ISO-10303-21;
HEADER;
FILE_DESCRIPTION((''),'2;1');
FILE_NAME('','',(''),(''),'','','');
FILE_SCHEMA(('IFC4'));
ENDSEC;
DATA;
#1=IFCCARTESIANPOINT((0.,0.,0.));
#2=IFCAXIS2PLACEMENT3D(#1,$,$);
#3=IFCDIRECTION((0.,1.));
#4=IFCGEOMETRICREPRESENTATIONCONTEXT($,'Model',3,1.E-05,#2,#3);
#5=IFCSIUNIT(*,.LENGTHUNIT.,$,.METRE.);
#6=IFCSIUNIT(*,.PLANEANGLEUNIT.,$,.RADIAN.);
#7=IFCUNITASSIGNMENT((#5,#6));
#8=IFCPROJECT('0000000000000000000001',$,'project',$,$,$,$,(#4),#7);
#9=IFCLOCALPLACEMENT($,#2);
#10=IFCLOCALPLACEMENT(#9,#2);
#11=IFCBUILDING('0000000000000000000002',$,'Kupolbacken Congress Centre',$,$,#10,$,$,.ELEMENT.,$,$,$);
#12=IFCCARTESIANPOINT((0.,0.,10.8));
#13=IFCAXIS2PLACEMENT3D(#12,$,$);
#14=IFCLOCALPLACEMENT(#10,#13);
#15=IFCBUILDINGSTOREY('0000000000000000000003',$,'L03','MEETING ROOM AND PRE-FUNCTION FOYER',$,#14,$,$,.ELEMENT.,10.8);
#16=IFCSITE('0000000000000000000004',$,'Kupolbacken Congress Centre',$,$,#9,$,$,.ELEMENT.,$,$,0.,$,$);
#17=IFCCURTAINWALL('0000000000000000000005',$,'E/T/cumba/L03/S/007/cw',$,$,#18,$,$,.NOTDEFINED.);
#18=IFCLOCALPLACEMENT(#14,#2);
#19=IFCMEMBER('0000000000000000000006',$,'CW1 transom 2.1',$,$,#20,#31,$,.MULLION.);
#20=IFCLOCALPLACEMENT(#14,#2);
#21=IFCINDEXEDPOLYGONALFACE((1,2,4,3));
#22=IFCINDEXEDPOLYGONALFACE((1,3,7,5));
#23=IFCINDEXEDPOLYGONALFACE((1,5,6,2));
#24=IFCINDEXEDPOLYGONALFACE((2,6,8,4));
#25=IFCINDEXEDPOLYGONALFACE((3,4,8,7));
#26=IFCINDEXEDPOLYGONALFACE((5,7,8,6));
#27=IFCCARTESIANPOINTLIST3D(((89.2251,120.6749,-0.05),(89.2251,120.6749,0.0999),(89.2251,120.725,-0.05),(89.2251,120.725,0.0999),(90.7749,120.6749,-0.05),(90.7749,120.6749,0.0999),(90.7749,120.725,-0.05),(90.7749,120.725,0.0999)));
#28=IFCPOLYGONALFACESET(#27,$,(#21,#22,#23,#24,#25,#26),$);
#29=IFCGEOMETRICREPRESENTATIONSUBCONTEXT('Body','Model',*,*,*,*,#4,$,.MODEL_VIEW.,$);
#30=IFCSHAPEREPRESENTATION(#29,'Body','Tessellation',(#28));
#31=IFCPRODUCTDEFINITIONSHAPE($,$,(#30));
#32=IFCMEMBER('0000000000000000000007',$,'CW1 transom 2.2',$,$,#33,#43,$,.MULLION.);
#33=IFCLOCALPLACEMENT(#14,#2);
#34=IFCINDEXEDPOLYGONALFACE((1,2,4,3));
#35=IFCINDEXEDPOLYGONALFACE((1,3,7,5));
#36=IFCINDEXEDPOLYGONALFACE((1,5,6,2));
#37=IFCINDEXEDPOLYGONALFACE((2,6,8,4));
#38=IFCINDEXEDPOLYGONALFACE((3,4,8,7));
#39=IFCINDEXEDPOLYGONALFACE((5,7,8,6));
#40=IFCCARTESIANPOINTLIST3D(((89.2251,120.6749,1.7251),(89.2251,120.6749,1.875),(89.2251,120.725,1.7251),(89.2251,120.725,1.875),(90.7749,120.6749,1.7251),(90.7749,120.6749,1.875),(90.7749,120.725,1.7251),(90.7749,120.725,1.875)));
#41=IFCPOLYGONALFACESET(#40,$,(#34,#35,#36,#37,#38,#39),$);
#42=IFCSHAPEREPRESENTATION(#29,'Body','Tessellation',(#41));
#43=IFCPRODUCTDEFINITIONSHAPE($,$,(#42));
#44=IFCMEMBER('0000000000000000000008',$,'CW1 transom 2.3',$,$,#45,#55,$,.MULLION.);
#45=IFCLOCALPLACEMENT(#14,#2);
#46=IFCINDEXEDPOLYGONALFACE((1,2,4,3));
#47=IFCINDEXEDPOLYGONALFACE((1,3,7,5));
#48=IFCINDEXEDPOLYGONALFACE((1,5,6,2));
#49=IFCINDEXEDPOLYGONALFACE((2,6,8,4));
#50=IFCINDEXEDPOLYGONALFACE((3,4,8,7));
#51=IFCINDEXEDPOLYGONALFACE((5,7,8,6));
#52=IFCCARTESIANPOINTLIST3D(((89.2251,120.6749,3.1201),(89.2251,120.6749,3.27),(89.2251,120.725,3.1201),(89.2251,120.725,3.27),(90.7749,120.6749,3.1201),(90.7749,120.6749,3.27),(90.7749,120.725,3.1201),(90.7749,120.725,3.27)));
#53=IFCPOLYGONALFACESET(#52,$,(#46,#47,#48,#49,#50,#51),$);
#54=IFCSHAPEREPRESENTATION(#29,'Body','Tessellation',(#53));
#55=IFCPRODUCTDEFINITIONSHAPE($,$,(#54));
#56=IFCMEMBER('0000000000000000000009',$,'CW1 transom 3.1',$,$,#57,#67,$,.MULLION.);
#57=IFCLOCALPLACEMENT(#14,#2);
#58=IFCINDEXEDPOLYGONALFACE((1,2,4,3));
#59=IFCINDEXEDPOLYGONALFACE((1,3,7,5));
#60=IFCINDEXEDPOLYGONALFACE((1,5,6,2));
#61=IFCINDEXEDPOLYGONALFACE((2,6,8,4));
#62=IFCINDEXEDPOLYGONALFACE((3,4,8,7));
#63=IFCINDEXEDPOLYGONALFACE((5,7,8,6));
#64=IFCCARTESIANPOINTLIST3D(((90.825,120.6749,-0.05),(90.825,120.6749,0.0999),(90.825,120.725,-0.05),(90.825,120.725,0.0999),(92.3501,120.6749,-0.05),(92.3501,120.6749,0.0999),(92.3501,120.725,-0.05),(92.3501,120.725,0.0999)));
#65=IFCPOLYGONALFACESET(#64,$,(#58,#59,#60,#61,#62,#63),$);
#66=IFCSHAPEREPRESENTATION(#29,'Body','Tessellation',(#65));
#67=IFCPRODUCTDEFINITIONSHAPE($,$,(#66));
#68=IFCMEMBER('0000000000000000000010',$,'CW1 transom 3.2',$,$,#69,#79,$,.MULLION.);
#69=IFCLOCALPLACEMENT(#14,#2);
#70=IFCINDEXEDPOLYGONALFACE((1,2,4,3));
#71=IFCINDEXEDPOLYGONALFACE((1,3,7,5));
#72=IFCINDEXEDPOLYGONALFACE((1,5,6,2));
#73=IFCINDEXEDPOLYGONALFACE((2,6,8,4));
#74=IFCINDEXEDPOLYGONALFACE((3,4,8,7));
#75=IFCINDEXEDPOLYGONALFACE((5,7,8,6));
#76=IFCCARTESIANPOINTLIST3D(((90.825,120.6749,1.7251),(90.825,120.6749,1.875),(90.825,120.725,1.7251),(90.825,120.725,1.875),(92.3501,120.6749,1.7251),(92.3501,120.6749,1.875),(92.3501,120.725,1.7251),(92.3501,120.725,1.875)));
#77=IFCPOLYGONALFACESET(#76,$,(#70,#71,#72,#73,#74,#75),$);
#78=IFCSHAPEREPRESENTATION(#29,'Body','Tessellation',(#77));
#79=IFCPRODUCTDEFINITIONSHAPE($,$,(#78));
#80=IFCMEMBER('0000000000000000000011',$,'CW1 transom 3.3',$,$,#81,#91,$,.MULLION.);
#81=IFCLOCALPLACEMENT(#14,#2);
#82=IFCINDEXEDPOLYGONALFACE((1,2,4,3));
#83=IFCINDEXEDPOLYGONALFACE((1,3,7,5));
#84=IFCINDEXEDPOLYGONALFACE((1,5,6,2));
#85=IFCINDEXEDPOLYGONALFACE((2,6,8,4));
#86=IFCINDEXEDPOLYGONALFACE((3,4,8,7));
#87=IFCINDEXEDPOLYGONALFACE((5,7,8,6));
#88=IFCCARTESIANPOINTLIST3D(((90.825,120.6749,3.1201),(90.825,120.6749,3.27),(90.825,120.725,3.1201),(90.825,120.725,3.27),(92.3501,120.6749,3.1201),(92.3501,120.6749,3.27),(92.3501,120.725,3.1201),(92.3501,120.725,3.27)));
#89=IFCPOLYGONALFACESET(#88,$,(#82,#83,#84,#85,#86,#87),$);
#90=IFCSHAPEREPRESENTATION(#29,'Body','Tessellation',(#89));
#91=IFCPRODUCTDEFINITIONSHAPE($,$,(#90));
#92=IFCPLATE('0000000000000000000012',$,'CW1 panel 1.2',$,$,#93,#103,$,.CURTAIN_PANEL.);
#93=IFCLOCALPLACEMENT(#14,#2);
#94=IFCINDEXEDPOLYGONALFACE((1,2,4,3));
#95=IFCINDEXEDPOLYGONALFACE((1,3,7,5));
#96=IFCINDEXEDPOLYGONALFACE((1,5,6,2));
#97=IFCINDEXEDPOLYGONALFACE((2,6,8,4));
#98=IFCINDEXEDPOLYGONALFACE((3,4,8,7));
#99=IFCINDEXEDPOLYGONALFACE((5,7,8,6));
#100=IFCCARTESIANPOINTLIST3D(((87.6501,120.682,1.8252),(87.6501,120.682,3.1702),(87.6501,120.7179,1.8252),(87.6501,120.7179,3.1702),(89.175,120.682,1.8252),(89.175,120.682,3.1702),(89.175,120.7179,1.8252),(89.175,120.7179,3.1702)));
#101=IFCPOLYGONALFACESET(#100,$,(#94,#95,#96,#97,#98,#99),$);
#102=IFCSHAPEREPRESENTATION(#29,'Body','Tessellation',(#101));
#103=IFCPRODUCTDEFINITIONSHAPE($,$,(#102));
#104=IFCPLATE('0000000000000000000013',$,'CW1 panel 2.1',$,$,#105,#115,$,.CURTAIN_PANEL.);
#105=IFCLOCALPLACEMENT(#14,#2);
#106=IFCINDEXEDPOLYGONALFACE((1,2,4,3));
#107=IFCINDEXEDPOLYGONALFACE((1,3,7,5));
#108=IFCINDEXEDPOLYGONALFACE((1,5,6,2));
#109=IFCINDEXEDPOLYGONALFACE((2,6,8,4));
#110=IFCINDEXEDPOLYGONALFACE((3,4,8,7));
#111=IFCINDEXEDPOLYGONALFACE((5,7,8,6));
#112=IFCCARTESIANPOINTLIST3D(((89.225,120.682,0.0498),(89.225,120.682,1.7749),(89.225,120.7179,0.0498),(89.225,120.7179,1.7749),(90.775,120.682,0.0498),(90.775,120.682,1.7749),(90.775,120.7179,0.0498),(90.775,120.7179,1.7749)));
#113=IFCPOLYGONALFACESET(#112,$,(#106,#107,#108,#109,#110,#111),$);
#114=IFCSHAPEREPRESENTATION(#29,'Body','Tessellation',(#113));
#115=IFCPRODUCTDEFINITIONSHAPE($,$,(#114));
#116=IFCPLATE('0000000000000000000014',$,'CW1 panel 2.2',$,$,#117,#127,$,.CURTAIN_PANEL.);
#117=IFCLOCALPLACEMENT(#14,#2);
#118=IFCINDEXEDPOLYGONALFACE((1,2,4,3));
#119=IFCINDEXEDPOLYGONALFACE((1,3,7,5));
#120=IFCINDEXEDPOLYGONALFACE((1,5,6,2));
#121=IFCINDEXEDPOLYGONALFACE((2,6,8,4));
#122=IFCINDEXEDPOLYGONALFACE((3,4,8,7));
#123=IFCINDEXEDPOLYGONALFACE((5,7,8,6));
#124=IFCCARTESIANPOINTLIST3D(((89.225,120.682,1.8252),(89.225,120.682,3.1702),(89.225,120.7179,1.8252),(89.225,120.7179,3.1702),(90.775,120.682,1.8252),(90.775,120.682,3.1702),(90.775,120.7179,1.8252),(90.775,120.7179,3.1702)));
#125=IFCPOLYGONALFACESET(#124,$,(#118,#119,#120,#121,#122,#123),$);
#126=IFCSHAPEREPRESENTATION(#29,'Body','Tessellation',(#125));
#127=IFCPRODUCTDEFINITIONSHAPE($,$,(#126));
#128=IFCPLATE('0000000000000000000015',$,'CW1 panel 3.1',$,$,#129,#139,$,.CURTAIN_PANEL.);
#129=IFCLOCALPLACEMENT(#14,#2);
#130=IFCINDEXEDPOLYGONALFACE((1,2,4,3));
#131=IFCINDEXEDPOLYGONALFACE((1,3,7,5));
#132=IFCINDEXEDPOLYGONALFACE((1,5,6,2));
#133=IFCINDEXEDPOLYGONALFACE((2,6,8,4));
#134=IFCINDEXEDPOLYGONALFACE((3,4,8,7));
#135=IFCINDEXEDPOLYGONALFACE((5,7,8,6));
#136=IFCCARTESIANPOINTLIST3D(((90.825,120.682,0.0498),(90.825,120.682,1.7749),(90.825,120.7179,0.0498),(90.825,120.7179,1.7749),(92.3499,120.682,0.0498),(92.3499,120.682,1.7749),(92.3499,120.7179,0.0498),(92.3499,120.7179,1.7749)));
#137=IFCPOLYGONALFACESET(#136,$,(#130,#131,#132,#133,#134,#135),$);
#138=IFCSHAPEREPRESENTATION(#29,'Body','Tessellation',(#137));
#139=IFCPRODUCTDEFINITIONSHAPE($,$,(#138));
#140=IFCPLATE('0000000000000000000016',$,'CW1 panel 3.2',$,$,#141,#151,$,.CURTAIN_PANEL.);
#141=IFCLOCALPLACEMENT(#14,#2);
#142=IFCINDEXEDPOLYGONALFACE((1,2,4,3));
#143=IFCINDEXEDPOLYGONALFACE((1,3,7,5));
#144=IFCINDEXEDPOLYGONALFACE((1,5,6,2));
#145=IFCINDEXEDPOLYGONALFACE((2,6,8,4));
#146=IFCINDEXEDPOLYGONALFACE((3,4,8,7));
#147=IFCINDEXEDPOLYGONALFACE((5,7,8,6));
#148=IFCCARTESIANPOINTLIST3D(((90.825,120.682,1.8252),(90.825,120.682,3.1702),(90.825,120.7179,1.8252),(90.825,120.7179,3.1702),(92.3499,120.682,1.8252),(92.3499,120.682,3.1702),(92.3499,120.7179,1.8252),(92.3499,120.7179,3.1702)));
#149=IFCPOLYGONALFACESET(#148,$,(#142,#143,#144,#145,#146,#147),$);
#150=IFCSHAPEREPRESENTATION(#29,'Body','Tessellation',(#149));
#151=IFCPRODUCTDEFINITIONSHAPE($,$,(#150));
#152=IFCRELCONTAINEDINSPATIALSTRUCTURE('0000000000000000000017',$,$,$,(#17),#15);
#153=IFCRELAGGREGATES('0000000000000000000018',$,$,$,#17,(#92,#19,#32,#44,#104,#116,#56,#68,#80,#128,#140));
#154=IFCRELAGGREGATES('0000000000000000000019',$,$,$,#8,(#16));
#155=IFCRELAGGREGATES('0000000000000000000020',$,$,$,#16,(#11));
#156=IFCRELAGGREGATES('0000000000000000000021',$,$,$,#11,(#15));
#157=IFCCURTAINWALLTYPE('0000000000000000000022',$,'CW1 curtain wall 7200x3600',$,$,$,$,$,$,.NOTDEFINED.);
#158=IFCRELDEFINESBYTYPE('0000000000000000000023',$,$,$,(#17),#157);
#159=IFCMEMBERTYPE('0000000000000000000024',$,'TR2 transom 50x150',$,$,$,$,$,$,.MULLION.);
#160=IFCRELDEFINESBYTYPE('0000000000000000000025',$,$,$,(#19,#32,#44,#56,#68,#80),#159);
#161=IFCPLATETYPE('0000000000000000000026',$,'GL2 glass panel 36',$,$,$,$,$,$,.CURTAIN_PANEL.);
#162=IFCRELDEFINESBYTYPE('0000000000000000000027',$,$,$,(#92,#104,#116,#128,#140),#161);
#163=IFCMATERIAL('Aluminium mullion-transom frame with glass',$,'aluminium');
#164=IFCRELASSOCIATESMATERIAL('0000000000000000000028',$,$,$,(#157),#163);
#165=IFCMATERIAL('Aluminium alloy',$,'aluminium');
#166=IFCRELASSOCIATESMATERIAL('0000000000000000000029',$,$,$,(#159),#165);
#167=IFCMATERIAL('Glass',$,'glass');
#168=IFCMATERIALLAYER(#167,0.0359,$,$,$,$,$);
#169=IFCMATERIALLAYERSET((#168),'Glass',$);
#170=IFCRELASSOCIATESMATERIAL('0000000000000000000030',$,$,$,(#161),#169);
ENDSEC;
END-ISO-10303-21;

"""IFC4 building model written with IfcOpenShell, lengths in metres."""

from ifc_helpers import new_model, si_unit, direction, frame, origin, origin_2d, place, context, subcontext, project, spatial, rectangle, extrude, material, layer, layer_set, material_profile, profile_set, type_object, element, aggregate, save


model = new_model("IFC4")

# Units and contexts
model_context = context("Model", 3, precision=1e-05, world=origin(), true_north=direction((0.0, 1.0)))
body_context = subcontext(model_context, "Body", "Model", "MODEL_VIEW")
ifc_project = project(units=[si_unit("LENGTHUNIT", "METRE"), si_unit("PLANEANGLEUNIT", "RADIAN")], contexts=[model_context])

# Site, building, storey
site_placement = place(None, origin())
site = spatial("IfcSite", under=ifc_project, at=site_placement, Name="Kupolbacken Congress Centre", CompositionType="ELEMENT", RefElevation=0.0)
building_placement = place(site_placement, origin())
building = spatial("IfcBuilding", under=site, at=building_placement, Name="Kupolbacken Congress Centre", CompositionType="ELEMENT")
storey_placement = place(building_placement, frame((0.0, 0.0, 10.8)))
storey = spatial("IfcBuildingStorey", under=building, at=storey_placement, Name="L03", Description="MEETING ROOM AND PRE-FUNCTION FOYER", CompositionType="ELEMENT", Elevation=10.8)

# Curtain wall, members, plates
ifc_material_1 = material(Name="Aluminium mullion-transom frame with glass", Category="aluminium")
curtain_wall_type = type_object("IfcCurtainWallType", Name="CW1 curtain wall 7200x3600", PredefinedType="NOTDEFINED", material=ifc_material_1)
curtain_wall_placement = place(storey_placement, origin())
curtain_wall = element("IfcCurtainWall", 1, at=curtain_wall_placement, inside=storey, type_object=curtain_wall_type, Name="E/T/cumba/L03/S/007/cw", PredefinedType="NOTDEFINED")
ifc_material_2 = material(Name="Aluminium alloy", Category="aluminium")
ifc_material_profile_1 = material_profile(ifc_material_2, rectangle(XDim=0.05, YDim=0.1499, at=origin_2d()), Name="50 x 150")
ifc_profile_set_1 = profile_set([ifc_material_profile_1], Name="Aluminium alloy")
member_type_1 = type_object("IfcMemberType", Name="TR2 transom 50x150", PredefinedType="MULLION", material=ifc_profile_set_1)
member_1_placement = place(storey_placement, frame((89.2251, 120.7, 0.0249), z_axis=(1.0, 0.0, 0.0), x_axis=(0.0, 1.0, 0.0)))
member_1 = element("IfcMember", 2, at=member_1_placement, type_object=member_type_1, Name="CW1 transom 2.1", PredefinedType="MULLION", context=body_context, shape_type="SweptSolid", body=[
    extrude(rectangle(XDim=0.05, YDim=0.1499, at=origin_2d()), origin(), (0.0, 0.0, 1.0), 1.5498),
])
member_2_placement = place(storey_placement, frame((89.2251, 120.7, 1.8), z_axis=(1.0, 0.0, 0.0), x_axis=(0.0, 1.0, 0.0)))
member_2 = element("IfcMember", 3, at=member_2_placement, type_object=member_type_1, Name="CW1 transom 2.2", PredefinedType="MULLION", context=body_context, shape_type="SweptSolid", body=[
    extrude(rectangle(XDim=0.05, YDim=0.1499, at=origin_2d()), origin(), (0.0, 0.0, 1.0), 1.5498),
])
member_3_placement = place(storey_placement, frame((89.2251, 120.7, 3.1951), z_axis=(1.0, 0.0, 0.0), x_axis=(0.0, 1.0, 0.0)))
member_3 = element("IfcMember", 4, at=member_3_placement, type_object=member_type_1, Name="CW1 transom 2.3", PredefinedType="MULLION", context=body_context, shape_type="SweptSolid", body=[
    extrude(rectangle(XDim=0.05, YDim=0.1499, at=origin_2d()), origin(), (0.0, 0.0, 1.0), 1.5498),
])
member_4_placement = place(storey_placement, frame((90.825, 120.7, 0.0249), z_axis=(1.0, 0.0, 0.0), x_axis=(0.0, 1.0, 0.0)))
member_4 = element("IfcMember", 5, at=member_4_placement, type_object=member_type_1, Name="CW1 transom 3.1", PredefinedType="MULLION", context=body_context, shape_type="SweptSolid", body=[
    extrude(rectangle(XDim=0.05, YDim=0.1499, at=origin_2d()), origin(), (0.0, 0.0, 1.0), 1.5251),
])
member_5_placement = place(storey_placement, frame((90.825, 120.7, 1.8), z_axis=(1.0, 0.0, 0.0), x_axis=(0.0, 1.0, 0.0)))
member_5 = element("IfcMember", 6, at=member_5_placement, type_object=member_type_1, Name="CW1 transom 3.2", PredefinedType="MULLION", context=body_context, shape_type="SweptSolid", body=[
    extrude(rectangle(XDim=0.05, YDim=0.1499, at=origin_2d()), origin(), (0.0, 0.0, 1.0), 1.5251),
])
member_6_placement = place(storey_placement, frame((90.825, 120.7, 3.1951), z_axis=(1.0, 0.0, 0.0), x_axis=(0.0, 1.0, 0.0)))
member_6 = element("IfcMember", 7, at=member_6_placement, type_object=member_type_1, Name="CW1 transom 3.3", PredefinedType="MULLION", context=body_context, shape_type="SweptSolid", body=[
    extrude(rectangle(XDim=0.05, YDim=0.1499, at=origin_2d()), origin(), (0.0, 0.0, 1.0), 1.5251),
])
ifc_material_3 = material(Name="Glass", Category="glass")
ifc_layer_1 = layer(ifc_material_3, 0.0359)
ifc_layer_set_1 = layer_set([ifc_layer_1], Name="Glass")
plate_type = type_object("IfcPlateType", Name="GL2 glass panel 36", PredefinedType="CURTAIN_PANEL", material=ifc_layer_set_1)
plate_1_placement = place(storey_placement, frame((88.4126, 120.7, 1.8252), z_axis=(0.0, 0.0, 1.0), x_axis=(1.0, 0.0, 0.0)))
plate_1 = element("IfcPlate", 8, at=plate_1_placement, type_object=plate_type, Name="CW1 panel 1.2", PredefinedType="CURTAIN_PANEL", context=body_context, shape_type="SweptSolid", body=[
    extrude(rectangle(XDim=1.5249, YDim=0.0359, at=origin_2d()), origin(), (0.0, 0.0, 1.0), 1.345),
])
plate_2_placement = place(storey_placement, frame((90.0, 120.7, 0.0498), z_axis=(0.0, 0.0, 1.0), x_axis=(1.0, 0.0, 0.0)))
plate_2 = element("IfcPlate", 9, at=plate_2_placement, type_object=plate_type, Name="CW1 panel 2.1", PredefinedType="CURTAIN_PANEL", context=body_context, shape_type="SweptSolid", body=[
    extrude(rectangle(XDim=1.55, YDim=0.0359, at=origin_2d()), origin(), (0.0, 0.0, 1.0), 1.7251),
])
plate_3_placement = place(storey_placement, frame((90.0, 120.7, 1.8252), z_axis=(0.0, 0.0, 1.0), x_axis=(1.0, 0.0, 0.0)))
plate_3 = element("IfcPlate", 10, at=plate_3_placement, type_object=plate_type, Name="CW1 panel 2.2", PredefinedType="CURTAIN_PANEL", context=body_context, shape_type="SweptSolid", body=[
    extrude(rectangle(XDim=1.55, YDim=0.0359, at=origin_2d()), origin(), (0.0, 0.0, 1.0), 1.345),
])
plate_4_placement = place(storey_placement, frame((91.5874, 120.7, 0.0498), z_axis=(0.0, 0.0, 1.0), x_axis=(1.0, 0.0, 0.0)))
plate_4 = element("IfcPlate", 11, at=plate_4_placement, type_object=plate_type, Name="CW1 panel 3.1", PredefinedType="CURTAIN_PANEL", context=body_context, shape_type="SweptSolid", body=[
    extrude(rectangle(XDim=1.5249, YDim=0.0359, at=origin_2d()), origin(), (0.0, 0.0, 1.0), 1.7251),
])
plate_5_placement = place(storey_placement, frame((91.5874, 120.7, 1.8252), z_axis=(0.0, 0.0, 1.0), x_axis=(1.0, 0.0, 0.0)))
plate_5 = element("IfcPlate", 12, at=plate_5_placement, type_object=plate_type, Name="CW1 panel 3.2", PredefinedType="CURTAIN_PANEL", context=body_context, shape_type="SweptSolid", body=[
    extrude(rectangle(XDim=1.5249, YDim=0.0359, at=origin_2d()), origin(), (0.0, 0.0, 1.0), 1.345),
])
aggregate(curtain_wall, [plate_1, member_1, member_2, member_3, plate_2, plate_3, member_4, member_5, member_6, plate_4, plate_5])

save(model, "model.ifc")
